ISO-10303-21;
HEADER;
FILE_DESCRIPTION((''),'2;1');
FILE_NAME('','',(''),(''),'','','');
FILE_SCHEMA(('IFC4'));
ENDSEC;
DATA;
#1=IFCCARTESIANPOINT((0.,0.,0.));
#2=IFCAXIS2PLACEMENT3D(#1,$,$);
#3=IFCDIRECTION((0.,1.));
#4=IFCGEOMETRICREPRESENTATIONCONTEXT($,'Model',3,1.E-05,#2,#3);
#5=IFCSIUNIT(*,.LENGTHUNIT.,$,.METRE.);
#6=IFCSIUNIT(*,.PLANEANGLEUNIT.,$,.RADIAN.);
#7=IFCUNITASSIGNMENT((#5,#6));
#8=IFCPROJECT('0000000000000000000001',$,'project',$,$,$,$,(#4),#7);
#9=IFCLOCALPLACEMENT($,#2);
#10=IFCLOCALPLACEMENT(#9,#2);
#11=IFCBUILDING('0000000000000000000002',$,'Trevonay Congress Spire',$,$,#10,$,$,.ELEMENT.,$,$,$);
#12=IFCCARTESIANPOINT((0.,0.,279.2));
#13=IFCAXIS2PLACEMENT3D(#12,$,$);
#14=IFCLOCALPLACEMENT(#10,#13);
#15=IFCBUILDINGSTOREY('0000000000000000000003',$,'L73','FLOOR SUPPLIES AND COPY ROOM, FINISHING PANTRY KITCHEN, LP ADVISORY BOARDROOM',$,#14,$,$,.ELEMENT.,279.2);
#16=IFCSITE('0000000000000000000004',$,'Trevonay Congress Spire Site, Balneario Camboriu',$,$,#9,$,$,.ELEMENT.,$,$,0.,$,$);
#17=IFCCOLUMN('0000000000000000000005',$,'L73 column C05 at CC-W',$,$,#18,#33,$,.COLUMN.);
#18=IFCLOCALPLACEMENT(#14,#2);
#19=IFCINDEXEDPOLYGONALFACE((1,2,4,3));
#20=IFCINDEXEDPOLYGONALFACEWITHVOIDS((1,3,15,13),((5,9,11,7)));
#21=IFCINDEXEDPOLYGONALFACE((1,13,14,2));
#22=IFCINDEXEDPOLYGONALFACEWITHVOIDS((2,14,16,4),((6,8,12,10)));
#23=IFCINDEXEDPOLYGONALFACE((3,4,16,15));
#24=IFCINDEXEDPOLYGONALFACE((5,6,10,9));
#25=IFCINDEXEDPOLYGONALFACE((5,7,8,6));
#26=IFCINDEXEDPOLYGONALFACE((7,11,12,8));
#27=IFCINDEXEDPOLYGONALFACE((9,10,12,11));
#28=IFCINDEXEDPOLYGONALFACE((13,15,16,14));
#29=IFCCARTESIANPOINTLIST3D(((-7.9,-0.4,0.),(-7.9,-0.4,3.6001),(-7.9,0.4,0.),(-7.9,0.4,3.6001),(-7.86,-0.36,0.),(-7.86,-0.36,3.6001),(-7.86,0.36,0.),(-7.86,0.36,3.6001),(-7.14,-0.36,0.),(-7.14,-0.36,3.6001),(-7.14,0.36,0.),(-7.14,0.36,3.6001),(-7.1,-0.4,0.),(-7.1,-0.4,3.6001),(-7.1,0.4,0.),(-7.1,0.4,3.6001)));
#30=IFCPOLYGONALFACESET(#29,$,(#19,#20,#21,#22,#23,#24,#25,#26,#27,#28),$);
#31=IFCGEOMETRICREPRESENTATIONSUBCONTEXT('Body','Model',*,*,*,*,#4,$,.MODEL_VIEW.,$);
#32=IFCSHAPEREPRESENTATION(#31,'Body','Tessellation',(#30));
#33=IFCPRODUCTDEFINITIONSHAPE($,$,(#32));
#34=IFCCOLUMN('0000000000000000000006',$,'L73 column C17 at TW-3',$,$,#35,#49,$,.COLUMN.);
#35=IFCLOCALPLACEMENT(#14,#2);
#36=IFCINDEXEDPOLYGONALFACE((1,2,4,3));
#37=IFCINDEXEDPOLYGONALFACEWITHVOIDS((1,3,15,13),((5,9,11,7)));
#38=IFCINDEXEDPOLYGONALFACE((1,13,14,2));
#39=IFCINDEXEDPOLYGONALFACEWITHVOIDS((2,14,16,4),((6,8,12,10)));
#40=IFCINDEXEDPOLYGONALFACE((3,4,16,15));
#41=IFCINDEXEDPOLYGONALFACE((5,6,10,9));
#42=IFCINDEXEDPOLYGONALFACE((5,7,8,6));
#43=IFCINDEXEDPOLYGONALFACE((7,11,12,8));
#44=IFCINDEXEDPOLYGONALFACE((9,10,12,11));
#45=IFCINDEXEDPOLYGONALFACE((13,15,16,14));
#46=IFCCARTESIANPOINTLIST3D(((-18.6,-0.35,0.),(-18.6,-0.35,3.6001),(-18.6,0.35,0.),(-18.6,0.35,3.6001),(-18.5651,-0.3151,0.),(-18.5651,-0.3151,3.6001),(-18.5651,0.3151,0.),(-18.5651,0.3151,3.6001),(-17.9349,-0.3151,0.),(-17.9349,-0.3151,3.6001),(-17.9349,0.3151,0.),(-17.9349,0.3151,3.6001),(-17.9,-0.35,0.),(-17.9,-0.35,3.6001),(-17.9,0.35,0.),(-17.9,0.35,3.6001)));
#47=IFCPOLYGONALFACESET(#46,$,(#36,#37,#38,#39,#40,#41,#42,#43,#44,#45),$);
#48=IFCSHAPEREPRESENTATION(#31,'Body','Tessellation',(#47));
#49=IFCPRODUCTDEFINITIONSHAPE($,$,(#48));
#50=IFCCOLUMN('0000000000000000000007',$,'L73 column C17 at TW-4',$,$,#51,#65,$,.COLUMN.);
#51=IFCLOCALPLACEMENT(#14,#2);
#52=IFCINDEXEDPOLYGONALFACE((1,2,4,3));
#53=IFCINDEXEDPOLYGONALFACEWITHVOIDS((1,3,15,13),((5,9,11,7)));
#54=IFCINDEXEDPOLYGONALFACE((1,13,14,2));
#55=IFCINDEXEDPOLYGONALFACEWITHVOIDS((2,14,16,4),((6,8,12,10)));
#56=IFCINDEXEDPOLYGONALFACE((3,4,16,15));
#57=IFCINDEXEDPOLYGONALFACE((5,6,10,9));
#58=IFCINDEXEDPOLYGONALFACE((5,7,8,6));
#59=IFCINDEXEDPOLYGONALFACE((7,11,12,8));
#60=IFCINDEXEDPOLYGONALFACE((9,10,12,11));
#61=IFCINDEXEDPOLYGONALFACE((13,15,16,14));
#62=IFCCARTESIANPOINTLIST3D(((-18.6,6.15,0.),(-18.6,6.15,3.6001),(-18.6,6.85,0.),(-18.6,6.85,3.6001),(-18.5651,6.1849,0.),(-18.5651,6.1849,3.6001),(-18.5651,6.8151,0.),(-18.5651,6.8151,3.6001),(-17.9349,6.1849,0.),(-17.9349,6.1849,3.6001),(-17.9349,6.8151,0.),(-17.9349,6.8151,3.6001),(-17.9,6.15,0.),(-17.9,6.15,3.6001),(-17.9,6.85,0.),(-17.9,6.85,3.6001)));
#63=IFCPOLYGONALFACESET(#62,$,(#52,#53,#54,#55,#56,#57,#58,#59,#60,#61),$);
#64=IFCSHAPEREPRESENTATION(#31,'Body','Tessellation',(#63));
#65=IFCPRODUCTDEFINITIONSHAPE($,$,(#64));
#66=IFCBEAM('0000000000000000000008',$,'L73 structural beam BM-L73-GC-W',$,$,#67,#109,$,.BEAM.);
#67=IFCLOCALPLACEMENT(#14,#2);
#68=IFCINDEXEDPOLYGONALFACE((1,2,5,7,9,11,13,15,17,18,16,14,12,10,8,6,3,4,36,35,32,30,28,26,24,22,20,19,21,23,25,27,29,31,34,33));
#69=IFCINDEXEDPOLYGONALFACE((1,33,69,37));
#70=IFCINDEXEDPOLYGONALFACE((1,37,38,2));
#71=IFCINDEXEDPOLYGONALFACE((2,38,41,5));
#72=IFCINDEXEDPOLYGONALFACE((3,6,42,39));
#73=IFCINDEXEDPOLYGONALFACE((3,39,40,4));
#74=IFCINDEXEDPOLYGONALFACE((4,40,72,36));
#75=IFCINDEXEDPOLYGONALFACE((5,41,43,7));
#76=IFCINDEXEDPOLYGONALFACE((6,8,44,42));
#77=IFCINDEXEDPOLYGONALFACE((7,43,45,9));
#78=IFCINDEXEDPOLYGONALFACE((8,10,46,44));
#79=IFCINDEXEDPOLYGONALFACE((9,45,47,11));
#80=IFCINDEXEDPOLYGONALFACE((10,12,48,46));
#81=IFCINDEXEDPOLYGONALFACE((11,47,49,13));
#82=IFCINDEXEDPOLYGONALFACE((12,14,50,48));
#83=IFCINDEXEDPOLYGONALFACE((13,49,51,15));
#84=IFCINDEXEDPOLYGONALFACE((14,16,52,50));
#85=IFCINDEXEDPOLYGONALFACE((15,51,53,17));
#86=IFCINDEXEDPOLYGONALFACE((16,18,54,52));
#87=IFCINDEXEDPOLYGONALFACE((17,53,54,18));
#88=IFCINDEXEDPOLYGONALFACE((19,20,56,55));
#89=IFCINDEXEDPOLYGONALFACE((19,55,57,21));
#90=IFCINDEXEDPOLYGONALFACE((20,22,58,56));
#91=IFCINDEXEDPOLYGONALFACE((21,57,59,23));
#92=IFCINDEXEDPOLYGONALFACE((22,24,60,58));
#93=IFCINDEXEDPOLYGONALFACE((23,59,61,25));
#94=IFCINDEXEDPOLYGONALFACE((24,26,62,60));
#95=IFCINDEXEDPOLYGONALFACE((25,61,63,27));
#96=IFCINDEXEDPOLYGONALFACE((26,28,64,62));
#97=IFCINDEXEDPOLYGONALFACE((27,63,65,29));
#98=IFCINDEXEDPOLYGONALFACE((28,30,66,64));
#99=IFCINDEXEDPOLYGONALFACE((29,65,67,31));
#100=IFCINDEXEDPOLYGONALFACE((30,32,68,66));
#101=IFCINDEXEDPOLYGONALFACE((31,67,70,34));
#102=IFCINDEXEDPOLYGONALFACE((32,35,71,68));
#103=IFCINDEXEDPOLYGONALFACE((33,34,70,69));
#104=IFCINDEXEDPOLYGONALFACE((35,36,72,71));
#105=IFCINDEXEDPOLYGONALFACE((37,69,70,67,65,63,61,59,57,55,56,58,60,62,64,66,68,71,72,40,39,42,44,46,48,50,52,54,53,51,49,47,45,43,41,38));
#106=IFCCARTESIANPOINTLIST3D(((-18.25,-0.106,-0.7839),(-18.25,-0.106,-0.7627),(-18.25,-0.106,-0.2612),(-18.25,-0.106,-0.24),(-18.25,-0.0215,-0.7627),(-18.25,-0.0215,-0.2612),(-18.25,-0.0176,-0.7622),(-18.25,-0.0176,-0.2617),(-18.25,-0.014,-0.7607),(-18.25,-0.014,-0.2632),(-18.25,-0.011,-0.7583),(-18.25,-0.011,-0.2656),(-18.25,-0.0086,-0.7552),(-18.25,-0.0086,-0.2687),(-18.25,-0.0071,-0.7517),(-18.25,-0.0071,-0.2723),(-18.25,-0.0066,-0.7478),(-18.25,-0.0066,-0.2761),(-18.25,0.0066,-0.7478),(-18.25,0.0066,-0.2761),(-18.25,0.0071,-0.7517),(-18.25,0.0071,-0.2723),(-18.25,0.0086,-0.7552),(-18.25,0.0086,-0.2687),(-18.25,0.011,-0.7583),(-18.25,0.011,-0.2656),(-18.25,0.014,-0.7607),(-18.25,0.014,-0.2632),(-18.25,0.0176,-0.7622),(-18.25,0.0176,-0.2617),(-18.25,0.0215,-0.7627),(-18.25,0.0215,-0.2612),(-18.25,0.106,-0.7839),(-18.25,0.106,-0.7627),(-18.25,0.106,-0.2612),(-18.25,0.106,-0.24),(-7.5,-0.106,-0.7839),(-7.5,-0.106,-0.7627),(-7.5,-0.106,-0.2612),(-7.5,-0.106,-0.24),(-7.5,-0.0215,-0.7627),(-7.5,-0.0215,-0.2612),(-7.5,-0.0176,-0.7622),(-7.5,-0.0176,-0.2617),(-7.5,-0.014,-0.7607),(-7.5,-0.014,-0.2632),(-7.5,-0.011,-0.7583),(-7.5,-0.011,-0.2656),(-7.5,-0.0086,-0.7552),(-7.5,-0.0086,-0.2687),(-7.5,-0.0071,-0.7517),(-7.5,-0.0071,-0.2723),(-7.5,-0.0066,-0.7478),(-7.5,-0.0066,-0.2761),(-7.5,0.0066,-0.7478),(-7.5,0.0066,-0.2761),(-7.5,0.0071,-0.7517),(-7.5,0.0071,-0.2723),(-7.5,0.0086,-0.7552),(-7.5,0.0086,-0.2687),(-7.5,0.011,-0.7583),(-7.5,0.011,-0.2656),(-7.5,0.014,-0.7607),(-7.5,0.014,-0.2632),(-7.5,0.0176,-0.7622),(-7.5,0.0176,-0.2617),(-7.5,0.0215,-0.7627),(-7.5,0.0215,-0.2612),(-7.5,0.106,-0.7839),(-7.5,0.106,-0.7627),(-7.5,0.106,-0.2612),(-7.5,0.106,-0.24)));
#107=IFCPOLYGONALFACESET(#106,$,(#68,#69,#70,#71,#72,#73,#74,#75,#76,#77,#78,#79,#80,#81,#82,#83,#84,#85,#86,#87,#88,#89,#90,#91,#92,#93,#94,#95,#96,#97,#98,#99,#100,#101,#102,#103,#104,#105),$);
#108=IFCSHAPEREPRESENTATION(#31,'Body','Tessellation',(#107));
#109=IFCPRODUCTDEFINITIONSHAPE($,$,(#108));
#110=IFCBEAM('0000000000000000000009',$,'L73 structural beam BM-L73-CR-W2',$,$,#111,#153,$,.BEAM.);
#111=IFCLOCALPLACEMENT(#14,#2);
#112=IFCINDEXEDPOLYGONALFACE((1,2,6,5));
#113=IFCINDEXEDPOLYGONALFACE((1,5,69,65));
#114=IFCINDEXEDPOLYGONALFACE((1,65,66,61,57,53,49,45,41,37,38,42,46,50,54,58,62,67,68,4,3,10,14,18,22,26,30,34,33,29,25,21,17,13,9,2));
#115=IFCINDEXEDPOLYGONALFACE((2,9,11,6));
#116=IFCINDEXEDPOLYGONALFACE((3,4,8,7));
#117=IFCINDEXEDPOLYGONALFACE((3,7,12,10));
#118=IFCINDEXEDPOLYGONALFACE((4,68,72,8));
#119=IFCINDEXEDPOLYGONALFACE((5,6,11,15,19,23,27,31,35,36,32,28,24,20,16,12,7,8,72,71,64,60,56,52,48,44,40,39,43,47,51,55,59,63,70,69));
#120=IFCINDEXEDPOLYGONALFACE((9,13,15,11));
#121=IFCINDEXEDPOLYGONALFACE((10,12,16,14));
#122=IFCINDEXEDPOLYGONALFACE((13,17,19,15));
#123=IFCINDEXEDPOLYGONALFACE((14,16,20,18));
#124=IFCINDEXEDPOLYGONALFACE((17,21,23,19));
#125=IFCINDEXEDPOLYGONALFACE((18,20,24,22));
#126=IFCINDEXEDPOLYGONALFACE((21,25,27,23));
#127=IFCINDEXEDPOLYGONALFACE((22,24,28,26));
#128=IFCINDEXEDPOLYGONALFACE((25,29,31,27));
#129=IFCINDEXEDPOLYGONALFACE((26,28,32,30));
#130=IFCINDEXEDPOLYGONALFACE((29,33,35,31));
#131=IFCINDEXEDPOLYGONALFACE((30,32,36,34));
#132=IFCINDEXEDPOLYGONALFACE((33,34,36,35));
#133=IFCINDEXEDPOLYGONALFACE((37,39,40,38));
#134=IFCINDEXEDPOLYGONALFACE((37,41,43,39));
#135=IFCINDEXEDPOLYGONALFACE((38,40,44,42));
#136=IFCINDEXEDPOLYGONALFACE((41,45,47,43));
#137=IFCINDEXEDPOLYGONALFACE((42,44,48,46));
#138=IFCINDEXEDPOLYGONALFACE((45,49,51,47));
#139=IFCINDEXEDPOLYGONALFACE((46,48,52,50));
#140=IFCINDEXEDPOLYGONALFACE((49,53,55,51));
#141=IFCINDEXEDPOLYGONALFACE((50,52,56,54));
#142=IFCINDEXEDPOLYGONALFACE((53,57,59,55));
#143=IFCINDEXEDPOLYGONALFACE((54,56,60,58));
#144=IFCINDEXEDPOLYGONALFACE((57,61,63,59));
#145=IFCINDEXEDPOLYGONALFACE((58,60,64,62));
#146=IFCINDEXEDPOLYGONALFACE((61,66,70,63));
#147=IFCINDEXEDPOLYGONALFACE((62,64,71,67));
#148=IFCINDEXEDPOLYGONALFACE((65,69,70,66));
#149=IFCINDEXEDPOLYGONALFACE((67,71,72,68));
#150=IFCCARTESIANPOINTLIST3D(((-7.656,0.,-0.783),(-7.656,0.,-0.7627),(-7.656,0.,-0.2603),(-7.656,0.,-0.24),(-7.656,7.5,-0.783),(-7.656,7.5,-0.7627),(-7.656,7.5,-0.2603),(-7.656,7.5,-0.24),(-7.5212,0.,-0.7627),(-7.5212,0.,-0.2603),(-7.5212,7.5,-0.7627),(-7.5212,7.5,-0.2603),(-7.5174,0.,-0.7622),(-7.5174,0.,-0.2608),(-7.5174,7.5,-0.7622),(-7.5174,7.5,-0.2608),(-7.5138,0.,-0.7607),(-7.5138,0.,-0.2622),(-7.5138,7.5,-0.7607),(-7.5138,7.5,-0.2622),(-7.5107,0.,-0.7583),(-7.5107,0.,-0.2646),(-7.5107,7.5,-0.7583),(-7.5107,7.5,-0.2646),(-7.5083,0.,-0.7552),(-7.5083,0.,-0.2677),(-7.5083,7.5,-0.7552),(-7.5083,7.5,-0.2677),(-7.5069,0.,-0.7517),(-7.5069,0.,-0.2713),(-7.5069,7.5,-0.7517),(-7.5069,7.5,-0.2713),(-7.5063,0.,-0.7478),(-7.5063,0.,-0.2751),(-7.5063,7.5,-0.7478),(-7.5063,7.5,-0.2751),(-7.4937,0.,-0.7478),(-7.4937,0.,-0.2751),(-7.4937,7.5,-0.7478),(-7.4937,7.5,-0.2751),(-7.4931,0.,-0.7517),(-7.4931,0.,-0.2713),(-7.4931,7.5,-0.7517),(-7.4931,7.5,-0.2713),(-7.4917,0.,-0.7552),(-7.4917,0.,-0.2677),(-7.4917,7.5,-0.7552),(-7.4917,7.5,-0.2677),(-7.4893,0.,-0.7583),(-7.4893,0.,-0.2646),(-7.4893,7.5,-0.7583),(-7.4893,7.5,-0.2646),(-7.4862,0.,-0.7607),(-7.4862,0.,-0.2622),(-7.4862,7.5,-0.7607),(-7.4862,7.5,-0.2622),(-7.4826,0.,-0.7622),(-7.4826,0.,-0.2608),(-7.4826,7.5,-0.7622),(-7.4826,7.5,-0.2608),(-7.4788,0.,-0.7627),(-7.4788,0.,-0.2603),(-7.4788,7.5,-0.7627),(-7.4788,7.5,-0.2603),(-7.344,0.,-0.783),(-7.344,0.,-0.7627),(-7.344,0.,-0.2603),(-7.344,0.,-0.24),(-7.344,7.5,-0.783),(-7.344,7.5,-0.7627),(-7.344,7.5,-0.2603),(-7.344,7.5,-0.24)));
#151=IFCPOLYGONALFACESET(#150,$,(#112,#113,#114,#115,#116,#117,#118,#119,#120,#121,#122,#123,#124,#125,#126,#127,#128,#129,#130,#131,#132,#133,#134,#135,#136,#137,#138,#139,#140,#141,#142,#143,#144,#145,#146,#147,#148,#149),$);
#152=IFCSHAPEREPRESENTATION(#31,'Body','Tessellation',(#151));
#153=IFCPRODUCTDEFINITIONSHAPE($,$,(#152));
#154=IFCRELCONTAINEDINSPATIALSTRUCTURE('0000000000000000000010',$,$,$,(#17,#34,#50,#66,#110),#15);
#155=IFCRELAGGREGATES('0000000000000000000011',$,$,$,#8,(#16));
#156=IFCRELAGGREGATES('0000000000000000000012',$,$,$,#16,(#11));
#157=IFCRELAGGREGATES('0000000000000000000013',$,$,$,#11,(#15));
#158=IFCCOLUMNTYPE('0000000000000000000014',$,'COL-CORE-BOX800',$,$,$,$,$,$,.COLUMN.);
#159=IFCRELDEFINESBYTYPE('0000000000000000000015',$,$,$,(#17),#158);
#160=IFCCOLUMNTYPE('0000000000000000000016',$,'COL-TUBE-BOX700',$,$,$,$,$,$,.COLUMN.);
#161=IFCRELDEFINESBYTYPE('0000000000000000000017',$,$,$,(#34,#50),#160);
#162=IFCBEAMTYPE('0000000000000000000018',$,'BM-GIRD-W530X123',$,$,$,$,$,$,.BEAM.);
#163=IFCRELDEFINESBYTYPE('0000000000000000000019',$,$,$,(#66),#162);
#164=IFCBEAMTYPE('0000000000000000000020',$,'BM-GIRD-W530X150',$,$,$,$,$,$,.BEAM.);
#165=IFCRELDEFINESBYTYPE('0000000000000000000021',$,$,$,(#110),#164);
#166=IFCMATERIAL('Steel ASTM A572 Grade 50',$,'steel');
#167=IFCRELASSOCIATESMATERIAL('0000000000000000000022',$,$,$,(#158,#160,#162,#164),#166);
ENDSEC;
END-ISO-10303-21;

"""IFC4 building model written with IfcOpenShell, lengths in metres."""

from ifc_helpers import new_model, si_unit, direction, frame, origin, origin_2d, place, context, subcontext, project, spatial, hollow_rectangle, i_section, extrude, material, material_profile, profile_set, type_object, element, save


model = new_model("IFC4")

# Units and contexts
model_context = context("Model", 3, precision=1e-05, world=origin(), true_north=direction((0.0, 1.0)))
body_context = subcontext(model_context, "Body", "Model", "MODEL_VIEW")
ifc_project = project(units=[si_unit("LENGTHUNIT", "METRE"), si_unit("PLANEANGLEUNIT", "RADIAN")], contexts=[model_context])

# Site, building, storey
site_placement = place(None, origin())
site = spatial("IfcSite", under=ifc_project, at=site_placement, Name="Trevonay Congress Spire Site, Balneario Camboriu", CompositionType="ELEMENT", RefElevation=0.0)
building_placement = place(site_placement, origin())
building = spatial("IfcBuilding", under=site, at=building_placement, Name="Trevonay Congress Spire", CompositionType="ELEMENT")
storey_placement = place(building_placement, frame((0.0, 0.0, 279.2)))
storey = spatial("IfcBuildingStorey", under=building, at=storey_placement, Name="L73", Description="FLOOR SUPPLIES AND COPY ROOM, FINISHING PANTRY KITCHEN, LP ADVISORY BOARDROOM", CompositionType="ELEMENT", Elevation=279.2)

# Columns
ifc_material_1 = material(Name="Steel ASTM A572 Grade 50", Category="steel")
ifc_material_profile_1 = material_profile(ifc_material_1, hollow_rectangle(XDim=0.8, YDim=0.8, WallThickness=0.04, at=origin_2d()), Name="BOX 800x800x40")
ifc_profile_set_1 = profile_set([ifc_material_profile_1], Name="Steel ASTM A572 Grade 50")
column_type_1 = type_object("IfcColumnType", Name="COL-CORE-BOX800", PredefinedType="COLUMN", material=ifc_profile_set_1)
column_placement = place(storey_placement, frame((-7.5, 0.0, 0.0), z_axis=(0.0, 0.0, 1.0), x_axis=(1.0, 0.0, 0.0)))
element("IfcColumn", 1, at=column_placement, inside=storey, type_object=column_type_1, Name="L73 column C05 at CC-W", PredefinedType="COLUMN", context=body_context, shape_type="SweptSolid", body=[
    extrude(hollow_rectangle(XDim=0.8, YDim=0.8, WallThickness=0.04, at=origin_2d()), origin(), (0.0, 0.0, 1.0), 3.6001),
])
ifc_material_profile_2 = material_profile(ifc_material_1, hollow_rectangle(XDim=0.7, YDim=0.7, WallThickness=0.0349, at=origin_2d()), Name="BOX 700x700x35")
ifc_profile_set_2 = profile_set([ifc_material_profile_2], Name="Steel ASTM A572 Grade 50")
column_type_2 = type_object("IfcColumnType", Name="COL-TUBE-BOX700", PredefinedType="COLUMN", material=ifc_profile_set_2)
for number, where, z_axis, x_axis, name in (
    (2, (-18.25, 0.0, 0.0), (0.0, 0.0, 1.0), (1.0, 0.0, 0.0), "L73 column C17 at TW-3"),
    (3, (-18.25, 6.5, 0.0), (0.0, 0.0, 1.0), (1.0, 0.0, 0.0), "L73 column C17 at TW-4"),
):
    element("IfcColumn", number, at=place(storey_placement, frame(where, z_axis=z_axis, x_axis=x_axis)), inside=storey, type_object=column_type_2, Name=name, PredefinedType="COLUMN", context=body_context, shape_type="SweptSolid", body=[
        extrude(hollow_rectangle(XDim=0.7, YDim=0.7, WallThickness=0.0349, at=origin_2d()), origin(), (0.0, 0.0, 1.0), 3.6001),
    ])

# Beams
ifc_material_profile_3 = material_profile(ifc_material_1, i_section(OverallWidth=0.2119, OverallDepth=0.5439, WebThickness=0.0132, FlangeThickness=0.0212, FilletRadius=0.0149, at=origin_2d()), Name="W530x123")
ifc_profile_set_3 = profile_set([ifc_material_profile_3], Name="Steel ASTM A572 Grade 50")
beam_type_1 = type_object("IfcBeamType", Name="BM-GIRD-W530X123", PredefinedType="BEAM", material=ifc_profile_set_3)
beam_1_placement = place(storey_placement, frame((-7.5, 0.0, -0.512), z_axis=(-1.0, 0.0, 0.0), x_axis=(0.0, -1.0, 0.0)))
element("IfcBeam", 4, at=beam_1_placement, inside=storey, type_object=beam_type_1, Name="L73 structural beam BM-L73-GC-W", PredefinedType="BEAM", context=body_context, shape_type="SweptSolid", body=[
    extrude(i_section(OverallWidth=0.2119, OverallDepth=0.5439, WebThickness=0.0132, FlangeThickness=0.0212, FilletRadius=0.0149, at=origin_2d()), origin(), (0.0, 0.0, 1.0), 10.75),
])
ifc_material_profile_4 = material_profile(ifc_material_1, i_section(OverallWidth=0.312, OverallDepth=0.543, WebThickness=0.0127, FlangeThickness=0.0203, FilletRadius=0.0149, at=origin_2d()), Name="W530x150")
ifc_profile_set_4 = profile_set([ifc_material_profile_4], Name="Steel ASTM A572 Grade 50")
beam_type_2 = type_object("IfcBeamType", Name="BM-GIRD-W530X150", PredefinedType="BEAM", material=ifc_profile_set_4)
beam_2_placement = place(storey_placement, frame((-7.5, 0.0, -0.5115), z_axis=(0.0, 1.0, 0.0), x_axis=(-1.0, 0.0, 0.0)))
element("IfcBeam", 5, at=beam_2_placement, inside=storey, type_object=beam_type_2, Name="L73 structural beam BM-L73-CR-W2", PredefinedType="BEAM", context=body_context, shape_type="SweptSolid", body=[
    extrude(i_section(OverallWidth=0.312, OverallDepth=0.543, WebThickness=0.0127, FlangeThickness=0.0203, FilletRadius=0.0149, at=origin_2d()), origin(), (0.0, 0.0, 1.0), 7.5),
])

save(model, "model.ifc")
